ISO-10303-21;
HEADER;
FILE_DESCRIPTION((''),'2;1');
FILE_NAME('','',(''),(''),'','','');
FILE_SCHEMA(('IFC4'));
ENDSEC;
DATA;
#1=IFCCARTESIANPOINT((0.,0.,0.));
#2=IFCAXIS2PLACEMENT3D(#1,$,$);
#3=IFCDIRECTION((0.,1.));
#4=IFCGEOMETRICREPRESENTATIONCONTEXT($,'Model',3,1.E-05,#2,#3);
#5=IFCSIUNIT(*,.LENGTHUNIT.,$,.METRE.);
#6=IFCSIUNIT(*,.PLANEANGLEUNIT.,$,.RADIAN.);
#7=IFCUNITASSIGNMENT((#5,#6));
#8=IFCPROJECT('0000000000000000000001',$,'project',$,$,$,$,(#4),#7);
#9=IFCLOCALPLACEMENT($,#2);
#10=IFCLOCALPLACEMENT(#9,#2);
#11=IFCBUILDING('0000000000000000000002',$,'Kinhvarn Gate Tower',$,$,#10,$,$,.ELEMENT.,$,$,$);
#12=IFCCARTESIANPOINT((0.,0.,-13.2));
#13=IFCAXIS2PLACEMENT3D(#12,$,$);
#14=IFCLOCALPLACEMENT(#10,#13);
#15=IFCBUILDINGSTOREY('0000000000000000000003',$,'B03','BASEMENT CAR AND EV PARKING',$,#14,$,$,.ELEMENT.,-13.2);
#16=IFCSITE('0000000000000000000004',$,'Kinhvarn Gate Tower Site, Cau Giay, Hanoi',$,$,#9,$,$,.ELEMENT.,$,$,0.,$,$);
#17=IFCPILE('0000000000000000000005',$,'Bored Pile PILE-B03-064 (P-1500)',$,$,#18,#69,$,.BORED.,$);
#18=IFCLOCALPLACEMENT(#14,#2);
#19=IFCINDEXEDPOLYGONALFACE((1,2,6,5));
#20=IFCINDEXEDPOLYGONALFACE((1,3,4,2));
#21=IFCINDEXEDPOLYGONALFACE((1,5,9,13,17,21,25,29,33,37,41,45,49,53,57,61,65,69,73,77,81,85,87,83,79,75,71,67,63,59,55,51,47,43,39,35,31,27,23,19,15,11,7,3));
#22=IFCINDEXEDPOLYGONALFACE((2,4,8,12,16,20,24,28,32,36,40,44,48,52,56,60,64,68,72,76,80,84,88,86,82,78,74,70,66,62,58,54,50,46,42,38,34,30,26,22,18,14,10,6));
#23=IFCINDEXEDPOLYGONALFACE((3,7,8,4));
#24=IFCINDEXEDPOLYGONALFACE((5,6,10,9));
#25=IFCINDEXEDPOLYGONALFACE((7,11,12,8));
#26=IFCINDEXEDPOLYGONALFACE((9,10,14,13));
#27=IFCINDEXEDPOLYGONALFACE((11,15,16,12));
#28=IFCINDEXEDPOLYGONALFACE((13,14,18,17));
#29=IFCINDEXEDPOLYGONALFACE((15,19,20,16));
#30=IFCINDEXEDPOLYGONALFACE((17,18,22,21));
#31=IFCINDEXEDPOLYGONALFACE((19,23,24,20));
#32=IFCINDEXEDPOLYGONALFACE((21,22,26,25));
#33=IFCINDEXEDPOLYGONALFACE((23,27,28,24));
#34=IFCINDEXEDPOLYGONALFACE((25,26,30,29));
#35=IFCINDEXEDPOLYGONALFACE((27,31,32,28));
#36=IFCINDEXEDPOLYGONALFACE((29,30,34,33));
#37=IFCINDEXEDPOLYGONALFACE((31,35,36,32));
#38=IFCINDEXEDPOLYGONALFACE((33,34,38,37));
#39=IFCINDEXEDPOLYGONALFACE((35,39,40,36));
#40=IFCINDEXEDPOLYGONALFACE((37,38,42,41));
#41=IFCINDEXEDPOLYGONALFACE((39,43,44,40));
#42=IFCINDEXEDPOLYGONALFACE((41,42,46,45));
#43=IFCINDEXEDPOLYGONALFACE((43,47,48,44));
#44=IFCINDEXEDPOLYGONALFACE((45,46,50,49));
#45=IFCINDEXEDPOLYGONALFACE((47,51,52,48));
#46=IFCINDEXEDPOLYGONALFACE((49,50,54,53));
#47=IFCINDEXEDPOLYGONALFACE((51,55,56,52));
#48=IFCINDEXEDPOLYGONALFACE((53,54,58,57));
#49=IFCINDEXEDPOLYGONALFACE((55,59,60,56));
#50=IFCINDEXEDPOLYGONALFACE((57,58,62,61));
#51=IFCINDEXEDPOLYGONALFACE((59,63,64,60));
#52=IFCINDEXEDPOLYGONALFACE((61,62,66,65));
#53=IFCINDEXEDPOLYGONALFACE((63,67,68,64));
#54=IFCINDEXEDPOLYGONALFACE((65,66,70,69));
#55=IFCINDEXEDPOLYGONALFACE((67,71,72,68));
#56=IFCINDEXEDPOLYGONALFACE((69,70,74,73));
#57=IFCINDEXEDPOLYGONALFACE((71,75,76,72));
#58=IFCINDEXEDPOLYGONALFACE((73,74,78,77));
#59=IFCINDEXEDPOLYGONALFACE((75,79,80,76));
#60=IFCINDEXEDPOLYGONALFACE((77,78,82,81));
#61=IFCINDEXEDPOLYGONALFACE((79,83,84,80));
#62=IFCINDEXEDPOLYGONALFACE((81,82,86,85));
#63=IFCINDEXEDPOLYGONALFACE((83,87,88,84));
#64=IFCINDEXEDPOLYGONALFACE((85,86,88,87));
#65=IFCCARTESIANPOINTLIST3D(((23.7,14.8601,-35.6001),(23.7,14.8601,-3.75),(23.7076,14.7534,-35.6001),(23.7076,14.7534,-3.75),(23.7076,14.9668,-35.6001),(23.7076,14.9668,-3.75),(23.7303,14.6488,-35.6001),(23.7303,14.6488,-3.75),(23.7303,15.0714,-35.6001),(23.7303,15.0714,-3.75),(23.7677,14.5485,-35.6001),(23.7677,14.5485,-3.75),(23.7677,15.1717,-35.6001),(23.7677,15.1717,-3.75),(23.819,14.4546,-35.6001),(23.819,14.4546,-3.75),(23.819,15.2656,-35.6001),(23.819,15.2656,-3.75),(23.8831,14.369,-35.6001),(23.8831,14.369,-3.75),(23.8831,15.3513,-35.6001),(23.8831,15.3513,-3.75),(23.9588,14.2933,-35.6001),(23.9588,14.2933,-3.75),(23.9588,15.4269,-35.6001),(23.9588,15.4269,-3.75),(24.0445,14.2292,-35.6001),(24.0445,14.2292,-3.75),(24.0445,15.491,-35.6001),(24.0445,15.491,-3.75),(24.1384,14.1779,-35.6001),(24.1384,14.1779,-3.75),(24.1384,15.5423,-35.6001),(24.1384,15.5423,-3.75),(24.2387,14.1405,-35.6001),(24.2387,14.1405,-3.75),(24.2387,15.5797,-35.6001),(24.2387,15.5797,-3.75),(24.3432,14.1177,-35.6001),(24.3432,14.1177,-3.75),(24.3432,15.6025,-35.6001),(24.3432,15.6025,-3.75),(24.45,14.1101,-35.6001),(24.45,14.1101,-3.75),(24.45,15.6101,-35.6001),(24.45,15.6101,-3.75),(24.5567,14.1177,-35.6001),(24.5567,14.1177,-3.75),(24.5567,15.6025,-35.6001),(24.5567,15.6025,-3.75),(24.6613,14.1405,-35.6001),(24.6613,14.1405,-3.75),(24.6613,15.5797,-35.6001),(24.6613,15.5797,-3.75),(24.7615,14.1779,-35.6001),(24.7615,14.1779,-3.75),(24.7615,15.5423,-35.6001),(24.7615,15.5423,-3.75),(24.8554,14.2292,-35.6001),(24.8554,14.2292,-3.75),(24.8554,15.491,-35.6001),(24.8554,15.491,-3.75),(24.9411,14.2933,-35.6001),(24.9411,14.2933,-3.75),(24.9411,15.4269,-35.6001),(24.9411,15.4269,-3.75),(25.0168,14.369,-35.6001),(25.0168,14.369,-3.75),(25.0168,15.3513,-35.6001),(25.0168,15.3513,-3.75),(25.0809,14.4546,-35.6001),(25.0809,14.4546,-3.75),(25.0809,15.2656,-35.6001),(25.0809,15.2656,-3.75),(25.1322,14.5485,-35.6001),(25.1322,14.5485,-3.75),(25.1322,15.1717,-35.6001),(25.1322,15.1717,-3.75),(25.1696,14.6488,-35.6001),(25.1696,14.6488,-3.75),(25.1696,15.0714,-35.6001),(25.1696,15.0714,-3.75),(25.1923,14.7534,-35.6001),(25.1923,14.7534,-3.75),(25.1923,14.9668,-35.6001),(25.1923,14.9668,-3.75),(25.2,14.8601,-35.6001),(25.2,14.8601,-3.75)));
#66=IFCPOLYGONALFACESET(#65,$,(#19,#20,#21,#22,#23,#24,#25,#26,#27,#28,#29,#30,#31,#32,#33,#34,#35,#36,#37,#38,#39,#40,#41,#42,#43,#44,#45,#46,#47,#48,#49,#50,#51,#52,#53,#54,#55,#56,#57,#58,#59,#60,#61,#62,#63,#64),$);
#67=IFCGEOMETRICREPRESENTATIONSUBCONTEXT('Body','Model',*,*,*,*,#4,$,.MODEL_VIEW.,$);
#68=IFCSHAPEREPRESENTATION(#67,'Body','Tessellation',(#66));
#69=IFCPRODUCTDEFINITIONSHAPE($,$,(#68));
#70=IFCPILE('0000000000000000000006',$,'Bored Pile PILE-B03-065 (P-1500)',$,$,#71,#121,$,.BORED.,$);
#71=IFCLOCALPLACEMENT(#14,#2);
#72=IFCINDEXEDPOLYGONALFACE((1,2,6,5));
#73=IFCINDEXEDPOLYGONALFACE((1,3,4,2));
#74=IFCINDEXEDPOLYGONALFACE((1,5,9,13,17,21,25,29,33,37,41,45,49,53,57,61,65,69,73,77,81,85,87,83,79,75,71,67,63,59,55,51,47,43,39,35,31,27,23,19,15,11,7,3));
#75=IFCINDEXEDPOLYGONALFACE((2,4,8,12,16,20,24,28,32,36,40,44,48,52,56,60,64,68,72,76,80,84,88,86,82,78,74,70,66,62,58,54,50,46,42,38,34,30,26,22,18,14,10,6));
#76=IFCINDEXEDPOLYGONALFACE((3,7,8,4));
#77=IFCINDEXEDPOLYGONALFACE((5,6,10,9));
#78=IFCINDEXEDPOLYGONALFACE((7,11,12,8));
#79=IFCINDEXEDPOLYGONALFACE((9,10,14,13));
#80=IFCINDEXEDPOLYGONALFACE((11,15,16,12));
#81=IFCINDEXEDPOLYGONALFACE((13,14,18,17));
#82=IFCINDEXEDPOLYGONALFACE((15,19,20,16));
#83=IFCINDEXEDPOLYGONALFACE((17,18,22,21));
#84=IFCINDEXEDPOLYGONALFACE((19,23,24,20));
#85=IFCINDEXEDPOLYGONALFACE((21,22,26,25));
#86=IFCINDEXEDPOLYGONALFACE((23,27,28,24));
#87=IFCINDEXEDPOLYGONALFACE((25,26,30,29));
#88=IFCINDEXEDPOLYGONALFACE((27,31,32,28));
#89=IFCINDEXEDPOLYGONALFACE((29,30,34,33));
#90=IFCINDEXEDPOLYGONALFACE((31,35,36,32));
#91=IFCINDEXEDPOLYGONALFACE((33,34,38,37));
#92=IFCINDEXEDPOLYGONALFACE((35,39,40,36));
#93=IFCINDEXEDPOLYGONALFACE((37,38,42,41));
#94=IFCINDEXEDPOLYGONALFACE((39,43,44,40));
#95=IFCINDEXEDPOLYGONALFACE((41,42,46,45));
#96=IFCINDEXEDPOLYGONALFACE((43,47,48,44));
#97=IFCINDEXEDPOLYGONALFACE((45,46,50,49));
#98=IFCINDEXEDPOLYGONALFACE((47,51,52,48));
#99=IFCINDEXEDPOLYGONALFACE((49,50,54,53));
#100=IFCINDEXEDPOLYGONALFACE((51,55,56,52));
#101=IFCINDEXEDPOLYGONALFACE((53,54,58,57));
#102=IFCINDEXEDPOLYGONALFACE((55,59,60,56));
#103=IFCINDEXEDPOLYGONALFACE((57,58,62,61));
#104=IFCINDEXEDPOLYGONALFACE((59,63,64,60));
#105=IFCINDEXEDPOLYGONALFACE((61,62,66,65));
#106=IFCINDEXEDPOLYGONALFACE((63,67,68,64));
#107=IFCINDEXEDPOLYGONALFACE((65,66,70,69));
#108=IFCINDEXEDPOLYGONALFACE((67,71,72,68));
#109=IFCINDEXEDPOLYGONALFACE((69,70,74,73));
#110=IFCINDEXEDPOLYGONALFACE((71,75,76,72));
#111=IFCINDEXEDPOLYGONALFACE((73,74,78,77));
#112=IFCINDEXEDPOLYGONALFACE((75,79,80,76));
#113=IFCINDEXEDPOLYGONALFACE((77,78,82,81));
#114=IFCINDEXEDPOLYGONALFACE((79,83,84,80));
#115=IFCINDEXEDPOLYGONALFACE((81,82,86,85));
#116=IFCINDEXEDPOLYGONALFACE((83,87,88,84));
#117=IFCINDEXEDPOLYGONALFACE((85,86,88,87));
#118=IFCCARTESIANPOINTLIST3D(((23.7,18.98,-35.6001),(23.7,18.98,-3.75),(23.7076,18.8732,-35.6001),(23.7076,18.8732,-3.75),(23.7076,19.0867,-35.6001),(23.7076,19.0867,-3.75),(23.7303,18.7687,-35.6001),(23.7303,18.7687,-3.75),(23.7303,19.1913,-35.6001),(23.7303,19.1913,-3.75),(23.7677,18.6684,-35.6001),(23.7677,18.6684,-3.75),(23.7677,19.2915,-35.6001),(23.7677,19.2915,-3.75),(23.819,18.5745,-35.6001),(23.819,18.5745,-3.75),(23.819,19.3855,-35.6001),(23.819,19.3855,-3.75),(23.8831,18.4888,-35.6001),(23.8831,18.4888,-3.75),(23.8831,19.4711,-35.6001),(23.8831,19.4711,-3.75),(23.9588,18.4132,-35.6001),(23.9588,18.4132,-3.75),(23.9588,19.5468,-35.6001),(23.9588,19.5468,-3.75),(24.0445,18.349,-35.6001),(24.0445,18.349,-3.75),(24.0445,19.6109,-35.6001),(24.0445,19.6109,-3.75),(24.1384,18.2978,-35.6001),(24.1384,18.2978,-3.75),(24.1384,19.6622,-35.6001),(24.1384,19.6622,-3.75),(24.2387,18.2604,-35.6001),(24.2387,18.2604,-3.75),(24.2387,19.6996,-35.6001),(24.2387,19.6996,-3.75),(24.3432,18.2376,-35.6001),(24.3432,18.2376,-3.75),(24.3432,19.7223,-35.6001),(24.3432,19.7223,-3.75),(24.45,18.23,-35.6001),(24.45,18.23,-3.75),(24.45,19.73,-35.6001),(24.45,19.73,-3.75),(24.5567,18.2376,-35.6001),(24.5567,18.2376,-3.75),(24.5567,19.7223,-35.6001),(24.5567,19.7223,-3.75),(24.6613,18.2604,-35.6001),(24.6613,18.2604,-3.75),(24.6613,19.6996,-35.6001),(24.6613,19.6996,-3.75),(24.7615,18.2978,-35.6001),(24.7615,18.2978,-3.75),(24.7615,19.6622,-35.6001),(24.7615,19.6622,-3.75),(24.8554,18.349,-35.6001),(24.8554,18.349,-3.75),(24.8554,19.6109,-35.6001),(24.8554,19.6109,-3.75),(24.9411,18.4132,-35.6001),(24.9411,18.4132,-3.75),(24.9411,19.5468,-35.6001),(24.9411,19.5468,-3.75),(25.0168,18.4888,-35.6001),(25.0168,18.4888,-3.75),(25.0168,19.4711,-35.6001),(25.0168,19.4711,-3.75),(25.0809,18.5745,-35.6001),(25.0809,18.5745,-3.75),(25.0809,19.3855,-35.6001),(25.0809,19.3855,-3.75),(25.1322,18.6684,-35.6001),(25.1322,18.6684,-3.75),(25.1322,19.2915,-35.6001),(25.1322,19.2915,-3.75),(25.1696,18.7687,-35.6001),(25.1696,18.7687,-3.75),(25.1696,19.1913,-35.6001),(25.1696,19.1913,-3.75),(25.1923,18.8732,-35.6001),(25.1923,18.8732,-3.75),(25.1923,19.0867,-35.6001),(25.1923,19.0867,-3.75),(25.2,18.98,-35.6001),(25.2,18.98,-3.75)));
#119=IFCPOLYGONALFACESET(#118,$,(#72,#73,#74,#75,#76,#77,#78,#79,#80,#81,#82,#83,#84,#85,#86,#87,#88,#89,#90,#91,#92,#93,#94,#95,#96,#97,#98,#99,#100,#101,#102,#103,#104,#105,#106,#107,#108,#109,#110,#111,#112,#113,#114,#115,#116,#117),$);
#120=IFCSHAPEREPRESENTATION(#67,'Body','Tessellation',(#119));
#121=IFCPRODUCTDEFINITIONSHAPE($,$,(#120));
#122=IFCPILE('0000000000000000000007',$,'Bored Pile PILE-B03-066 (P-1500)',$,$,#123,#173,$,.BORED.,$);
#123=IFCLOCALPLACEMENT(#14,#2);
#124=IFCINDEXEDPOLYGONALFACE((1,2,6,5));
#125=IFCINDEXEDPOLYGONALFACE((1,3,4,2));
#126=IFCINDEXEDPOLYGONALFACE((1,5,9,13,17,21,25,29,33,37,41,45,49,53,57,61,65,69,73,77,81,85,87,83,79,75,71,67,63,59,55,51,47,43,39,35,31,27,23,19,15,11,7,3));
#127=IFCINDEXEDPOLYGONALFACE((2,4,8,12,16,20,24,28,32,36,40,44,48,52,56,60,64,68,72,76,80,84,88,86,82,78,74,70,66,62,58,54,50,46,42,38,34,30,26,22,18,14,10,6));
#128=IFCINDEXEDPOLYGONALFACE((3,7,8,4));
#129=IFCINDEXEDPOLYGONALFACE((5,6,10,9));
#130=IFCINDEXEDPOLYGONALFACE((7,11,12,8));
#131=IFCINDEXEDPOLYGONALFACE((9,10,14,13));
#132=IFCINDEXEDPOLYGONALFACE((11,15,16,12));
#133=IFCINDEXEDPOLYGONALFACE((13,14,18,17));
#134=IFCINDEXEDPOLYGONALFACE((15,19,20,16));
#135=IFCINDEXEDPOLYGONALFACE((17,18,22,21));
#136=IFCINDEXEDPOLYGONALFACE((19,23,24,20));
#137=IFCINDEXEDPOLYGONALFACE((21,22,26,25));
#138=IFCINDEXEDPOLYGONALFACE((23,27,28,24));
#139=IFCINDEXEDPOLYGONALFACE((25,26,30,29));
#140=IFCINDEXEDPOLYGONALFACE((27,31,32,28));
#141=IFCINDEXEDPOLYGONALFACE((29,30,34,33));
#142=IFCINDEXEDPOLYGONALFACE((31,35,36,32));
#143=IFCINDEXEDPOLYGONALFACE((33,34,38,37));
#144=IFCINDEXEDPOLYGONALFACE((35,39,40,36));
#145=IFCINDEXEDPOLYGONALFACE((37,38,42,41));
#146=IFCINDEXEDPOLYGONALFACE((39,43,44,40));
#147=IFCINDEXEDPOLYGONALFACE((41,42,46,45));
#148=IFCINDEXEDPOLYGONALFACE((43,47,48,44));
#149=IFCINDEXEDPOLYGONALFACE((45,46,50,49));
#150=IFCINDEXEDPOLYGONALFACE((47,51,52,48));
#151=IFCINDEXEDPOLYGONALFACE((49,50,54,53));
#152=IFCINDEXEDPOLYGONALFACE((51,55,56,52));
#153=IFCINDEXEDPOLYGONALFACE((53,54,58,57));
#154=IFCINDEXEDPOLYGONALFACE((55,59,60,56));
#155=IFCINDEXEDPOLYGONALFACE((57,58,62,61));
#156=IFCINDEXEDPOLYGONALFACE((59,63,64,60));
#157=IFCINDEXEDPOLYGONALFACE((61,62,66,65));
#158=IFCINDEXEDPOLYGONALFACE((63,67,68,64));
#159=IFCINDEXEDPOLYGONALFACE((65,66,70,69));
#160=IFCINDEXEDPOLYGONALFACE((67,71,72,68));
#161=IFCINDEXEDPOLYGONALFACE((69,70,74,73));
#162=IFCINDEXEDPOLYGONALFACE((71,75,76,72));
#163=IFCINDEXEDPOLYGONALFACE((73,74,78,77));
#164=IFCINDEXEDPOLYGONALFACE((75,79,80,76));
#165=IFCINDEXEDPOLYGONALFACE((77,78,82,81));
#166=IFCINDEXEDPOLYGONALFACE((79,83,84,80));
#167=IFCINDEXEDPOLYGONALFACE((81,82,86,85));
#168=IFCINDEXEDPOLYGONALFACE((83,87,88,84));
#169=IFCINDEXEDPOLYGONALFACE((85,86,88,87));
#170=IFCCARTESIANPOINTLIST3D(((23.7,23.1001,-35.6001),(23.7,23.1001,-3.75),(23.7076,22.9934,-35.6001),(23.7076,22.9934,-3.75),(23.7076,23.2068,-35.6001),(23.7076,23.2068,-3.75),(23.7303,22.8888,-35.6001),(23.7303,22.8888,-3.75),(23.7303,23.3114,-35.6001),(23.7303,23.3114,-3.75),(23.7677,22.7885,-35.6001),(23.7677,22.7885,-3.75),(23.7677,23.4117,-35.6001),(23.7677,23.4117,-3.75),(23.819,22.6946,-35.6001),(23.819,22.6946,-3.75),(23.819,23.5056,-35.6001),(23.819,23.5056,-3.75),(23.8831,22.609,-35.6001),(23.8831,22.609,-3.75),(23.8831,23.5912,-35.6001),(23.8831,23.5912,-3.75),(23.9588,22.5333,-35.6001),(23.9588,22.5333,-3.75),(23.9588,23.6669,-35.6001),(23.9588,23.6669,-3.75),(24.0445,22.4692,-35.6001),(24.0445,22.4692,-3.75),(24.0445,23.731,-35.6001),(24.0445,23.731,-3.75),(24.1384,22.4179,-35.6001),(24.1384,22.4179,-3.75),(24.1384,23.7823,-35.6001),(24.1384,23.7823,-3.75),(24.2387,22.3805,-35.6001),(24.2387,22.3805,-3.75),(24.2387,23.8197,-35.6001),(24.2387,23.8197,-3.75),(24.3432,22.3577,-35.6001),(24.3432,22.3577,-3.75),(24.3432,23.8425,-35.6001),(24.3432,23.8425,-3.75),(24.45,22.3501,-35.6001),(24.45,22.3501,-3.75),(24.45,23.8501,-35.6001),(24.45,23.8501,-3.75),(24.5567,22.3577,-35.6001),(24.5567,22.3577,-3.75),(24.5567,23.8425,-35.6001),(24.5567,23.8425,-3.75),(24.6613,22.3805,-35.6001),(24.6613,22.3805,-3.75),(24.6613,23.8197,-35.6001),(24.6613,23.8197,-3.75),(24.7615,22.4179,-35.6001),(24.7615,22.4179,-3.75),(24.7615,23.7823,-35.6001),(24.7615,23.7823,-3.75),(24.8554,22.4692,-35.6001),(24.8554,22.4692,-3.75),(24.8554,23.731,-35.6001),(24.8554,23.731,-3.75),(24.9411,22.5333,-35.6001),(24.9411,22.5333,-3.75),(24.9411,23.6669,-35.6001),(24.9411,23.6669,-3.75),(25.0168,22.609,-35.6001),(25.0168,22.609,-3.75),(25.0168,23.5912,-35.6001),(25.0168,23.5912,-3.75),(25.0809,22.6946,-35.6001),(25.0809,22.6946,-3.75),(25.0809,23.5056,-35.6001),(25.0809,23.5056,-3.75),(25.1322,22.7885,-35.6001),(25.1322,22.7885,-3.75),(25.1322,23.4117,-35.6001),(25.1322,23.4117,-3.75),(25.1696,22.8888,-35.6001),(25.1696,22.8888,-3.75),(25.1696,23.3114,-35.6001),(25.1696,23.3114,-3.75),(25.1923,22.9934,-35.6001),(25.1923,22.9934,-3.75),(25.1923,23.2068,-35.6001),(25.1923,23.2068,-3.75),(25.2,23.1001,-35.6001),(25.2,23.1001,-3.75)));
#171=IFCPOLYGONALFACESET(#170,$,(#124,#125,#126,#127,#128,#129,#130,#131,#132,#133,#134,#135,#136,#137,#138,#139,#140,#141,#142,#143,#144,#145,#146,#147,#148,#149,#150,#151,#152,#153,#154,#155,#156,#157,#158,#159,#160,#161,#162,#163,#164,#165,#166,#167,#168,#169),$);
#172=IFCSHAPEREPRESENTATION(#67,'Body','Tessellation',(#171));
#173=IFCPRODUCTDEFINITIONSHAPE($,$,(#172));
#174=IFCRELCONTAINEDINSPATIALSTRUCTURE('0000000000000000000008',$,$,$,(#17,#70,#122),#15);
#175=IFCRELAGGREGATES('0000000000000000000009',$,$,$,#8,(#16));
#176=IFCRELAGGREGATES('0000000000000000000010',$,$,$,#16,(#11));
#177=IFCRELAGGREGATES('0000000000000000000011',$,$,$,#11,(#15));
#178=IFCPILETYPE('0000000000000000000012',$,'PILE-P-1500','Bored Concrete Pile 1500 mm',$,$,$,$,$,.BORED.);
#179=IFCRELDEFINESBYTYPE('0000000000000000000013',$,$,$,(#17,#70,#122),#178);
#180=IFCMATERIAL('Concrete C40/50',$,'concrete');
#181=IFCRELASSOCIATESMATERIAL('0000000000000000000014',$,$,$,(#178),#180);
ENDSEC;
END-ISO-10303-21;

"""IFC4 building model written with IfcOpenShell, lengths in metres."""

from ifc_helpers import new_model, si_unit, direction, frame, origin, origin_2d, place, context, subcontext, project, spatial, circle, extrude, material, material_profile, profile_set, type_object, element, save


model = new_model("IFC4")

# Units and contexts
model_context = context("Model", 3, precision=1e-05, world=origin(), true_north=direction((0.0, 1.0)))
body_context = subcontext(model_context, "Body", "Model", "MODEL_VIEW")
ifc_project = project(units=[si_unit("LENGTHUNIT", "METRE"), si_unit("PLANEANGLEUNIT", "RADIAN")], contexts=[model_context])

# Site, building, storey
site_placement = place(None, origin())
site = spatial("IfcSite", under=ifc_project, at=site_placement, Name="Kinhvarn Gate Tower Site, Cau Giay, Hanoi", CompositionType="ELEMENT", RefElevation=0.0)
building_placement = place(site_placement, origin())
building = spatial("IfcBuilding", under=site, at=building_placement, Name="Kinhvarn Gate Tower", CompositionType="ELEMENT")
storey_placement = place(building_placement, frame((0.0, 0.0, -13.2)))
storey = spatial("IfcBuildingStorey", under=building, at=storey_placement, Name="B03", Description="BASEMENT CAR AND EV PARKING", CompositionType="ELEMENT", Elevation=-13.2)

# Piles
ifc_material_1 = material(Name="Concrete C40/50", Category="concrete")
ifc_material_profile_1 = material_profile(ifc_material_1, circle(Radius=0.75, at=origin_2d()), Name="PILE D1500")
ifc_profile_set_1 = profile_set([ifc_material_profile_1], Name="Concrete C40/50")
pile_type_1 = type_object("IfcPileType", Name="PILE-P-1500", Description="Bored Concrete Pile 1500 mm", PredefinedType="BORED", material=ifc_profile_set_1)
for number, where, z_axis, x_axis, name in (
    (1, (24.45, 14.8601, -35.6001), (0.0, 0.0, 1.0), (1.0, 0.0, 0.0), "Bored Pile PILE-B03-064 (P-1500)"),
    (2, (24.45, 18.98, -35.6001), (0.0, 0.0, 1.0), (1.0, 0.0, 0.0), "Bored Pile PILE-B03-065 (P-1500)"),
    (3, (24.45, 23.1001, -35.6001), (0.0, 0.0, 1.0), (1.0, 0.0, 0.0), "Bored Pile PILE-B03-066 (P-1500)"),
):
    element("IfcPile", number, at=place(storey_placement, frame(where, z_axis=z_axis, x_axis=x_axis)), inside=storey, type_object=pile_type_1, Name=name, PredefinedType="BORED", context=body_context, shape_type="SweptSolid", body=[
        extrude(circle(Radius=0.75, at=origin_2d()), origin(), (0.0, 0.0, 1.0), 31.8501),
    ])

save(model, "model.ifc")
